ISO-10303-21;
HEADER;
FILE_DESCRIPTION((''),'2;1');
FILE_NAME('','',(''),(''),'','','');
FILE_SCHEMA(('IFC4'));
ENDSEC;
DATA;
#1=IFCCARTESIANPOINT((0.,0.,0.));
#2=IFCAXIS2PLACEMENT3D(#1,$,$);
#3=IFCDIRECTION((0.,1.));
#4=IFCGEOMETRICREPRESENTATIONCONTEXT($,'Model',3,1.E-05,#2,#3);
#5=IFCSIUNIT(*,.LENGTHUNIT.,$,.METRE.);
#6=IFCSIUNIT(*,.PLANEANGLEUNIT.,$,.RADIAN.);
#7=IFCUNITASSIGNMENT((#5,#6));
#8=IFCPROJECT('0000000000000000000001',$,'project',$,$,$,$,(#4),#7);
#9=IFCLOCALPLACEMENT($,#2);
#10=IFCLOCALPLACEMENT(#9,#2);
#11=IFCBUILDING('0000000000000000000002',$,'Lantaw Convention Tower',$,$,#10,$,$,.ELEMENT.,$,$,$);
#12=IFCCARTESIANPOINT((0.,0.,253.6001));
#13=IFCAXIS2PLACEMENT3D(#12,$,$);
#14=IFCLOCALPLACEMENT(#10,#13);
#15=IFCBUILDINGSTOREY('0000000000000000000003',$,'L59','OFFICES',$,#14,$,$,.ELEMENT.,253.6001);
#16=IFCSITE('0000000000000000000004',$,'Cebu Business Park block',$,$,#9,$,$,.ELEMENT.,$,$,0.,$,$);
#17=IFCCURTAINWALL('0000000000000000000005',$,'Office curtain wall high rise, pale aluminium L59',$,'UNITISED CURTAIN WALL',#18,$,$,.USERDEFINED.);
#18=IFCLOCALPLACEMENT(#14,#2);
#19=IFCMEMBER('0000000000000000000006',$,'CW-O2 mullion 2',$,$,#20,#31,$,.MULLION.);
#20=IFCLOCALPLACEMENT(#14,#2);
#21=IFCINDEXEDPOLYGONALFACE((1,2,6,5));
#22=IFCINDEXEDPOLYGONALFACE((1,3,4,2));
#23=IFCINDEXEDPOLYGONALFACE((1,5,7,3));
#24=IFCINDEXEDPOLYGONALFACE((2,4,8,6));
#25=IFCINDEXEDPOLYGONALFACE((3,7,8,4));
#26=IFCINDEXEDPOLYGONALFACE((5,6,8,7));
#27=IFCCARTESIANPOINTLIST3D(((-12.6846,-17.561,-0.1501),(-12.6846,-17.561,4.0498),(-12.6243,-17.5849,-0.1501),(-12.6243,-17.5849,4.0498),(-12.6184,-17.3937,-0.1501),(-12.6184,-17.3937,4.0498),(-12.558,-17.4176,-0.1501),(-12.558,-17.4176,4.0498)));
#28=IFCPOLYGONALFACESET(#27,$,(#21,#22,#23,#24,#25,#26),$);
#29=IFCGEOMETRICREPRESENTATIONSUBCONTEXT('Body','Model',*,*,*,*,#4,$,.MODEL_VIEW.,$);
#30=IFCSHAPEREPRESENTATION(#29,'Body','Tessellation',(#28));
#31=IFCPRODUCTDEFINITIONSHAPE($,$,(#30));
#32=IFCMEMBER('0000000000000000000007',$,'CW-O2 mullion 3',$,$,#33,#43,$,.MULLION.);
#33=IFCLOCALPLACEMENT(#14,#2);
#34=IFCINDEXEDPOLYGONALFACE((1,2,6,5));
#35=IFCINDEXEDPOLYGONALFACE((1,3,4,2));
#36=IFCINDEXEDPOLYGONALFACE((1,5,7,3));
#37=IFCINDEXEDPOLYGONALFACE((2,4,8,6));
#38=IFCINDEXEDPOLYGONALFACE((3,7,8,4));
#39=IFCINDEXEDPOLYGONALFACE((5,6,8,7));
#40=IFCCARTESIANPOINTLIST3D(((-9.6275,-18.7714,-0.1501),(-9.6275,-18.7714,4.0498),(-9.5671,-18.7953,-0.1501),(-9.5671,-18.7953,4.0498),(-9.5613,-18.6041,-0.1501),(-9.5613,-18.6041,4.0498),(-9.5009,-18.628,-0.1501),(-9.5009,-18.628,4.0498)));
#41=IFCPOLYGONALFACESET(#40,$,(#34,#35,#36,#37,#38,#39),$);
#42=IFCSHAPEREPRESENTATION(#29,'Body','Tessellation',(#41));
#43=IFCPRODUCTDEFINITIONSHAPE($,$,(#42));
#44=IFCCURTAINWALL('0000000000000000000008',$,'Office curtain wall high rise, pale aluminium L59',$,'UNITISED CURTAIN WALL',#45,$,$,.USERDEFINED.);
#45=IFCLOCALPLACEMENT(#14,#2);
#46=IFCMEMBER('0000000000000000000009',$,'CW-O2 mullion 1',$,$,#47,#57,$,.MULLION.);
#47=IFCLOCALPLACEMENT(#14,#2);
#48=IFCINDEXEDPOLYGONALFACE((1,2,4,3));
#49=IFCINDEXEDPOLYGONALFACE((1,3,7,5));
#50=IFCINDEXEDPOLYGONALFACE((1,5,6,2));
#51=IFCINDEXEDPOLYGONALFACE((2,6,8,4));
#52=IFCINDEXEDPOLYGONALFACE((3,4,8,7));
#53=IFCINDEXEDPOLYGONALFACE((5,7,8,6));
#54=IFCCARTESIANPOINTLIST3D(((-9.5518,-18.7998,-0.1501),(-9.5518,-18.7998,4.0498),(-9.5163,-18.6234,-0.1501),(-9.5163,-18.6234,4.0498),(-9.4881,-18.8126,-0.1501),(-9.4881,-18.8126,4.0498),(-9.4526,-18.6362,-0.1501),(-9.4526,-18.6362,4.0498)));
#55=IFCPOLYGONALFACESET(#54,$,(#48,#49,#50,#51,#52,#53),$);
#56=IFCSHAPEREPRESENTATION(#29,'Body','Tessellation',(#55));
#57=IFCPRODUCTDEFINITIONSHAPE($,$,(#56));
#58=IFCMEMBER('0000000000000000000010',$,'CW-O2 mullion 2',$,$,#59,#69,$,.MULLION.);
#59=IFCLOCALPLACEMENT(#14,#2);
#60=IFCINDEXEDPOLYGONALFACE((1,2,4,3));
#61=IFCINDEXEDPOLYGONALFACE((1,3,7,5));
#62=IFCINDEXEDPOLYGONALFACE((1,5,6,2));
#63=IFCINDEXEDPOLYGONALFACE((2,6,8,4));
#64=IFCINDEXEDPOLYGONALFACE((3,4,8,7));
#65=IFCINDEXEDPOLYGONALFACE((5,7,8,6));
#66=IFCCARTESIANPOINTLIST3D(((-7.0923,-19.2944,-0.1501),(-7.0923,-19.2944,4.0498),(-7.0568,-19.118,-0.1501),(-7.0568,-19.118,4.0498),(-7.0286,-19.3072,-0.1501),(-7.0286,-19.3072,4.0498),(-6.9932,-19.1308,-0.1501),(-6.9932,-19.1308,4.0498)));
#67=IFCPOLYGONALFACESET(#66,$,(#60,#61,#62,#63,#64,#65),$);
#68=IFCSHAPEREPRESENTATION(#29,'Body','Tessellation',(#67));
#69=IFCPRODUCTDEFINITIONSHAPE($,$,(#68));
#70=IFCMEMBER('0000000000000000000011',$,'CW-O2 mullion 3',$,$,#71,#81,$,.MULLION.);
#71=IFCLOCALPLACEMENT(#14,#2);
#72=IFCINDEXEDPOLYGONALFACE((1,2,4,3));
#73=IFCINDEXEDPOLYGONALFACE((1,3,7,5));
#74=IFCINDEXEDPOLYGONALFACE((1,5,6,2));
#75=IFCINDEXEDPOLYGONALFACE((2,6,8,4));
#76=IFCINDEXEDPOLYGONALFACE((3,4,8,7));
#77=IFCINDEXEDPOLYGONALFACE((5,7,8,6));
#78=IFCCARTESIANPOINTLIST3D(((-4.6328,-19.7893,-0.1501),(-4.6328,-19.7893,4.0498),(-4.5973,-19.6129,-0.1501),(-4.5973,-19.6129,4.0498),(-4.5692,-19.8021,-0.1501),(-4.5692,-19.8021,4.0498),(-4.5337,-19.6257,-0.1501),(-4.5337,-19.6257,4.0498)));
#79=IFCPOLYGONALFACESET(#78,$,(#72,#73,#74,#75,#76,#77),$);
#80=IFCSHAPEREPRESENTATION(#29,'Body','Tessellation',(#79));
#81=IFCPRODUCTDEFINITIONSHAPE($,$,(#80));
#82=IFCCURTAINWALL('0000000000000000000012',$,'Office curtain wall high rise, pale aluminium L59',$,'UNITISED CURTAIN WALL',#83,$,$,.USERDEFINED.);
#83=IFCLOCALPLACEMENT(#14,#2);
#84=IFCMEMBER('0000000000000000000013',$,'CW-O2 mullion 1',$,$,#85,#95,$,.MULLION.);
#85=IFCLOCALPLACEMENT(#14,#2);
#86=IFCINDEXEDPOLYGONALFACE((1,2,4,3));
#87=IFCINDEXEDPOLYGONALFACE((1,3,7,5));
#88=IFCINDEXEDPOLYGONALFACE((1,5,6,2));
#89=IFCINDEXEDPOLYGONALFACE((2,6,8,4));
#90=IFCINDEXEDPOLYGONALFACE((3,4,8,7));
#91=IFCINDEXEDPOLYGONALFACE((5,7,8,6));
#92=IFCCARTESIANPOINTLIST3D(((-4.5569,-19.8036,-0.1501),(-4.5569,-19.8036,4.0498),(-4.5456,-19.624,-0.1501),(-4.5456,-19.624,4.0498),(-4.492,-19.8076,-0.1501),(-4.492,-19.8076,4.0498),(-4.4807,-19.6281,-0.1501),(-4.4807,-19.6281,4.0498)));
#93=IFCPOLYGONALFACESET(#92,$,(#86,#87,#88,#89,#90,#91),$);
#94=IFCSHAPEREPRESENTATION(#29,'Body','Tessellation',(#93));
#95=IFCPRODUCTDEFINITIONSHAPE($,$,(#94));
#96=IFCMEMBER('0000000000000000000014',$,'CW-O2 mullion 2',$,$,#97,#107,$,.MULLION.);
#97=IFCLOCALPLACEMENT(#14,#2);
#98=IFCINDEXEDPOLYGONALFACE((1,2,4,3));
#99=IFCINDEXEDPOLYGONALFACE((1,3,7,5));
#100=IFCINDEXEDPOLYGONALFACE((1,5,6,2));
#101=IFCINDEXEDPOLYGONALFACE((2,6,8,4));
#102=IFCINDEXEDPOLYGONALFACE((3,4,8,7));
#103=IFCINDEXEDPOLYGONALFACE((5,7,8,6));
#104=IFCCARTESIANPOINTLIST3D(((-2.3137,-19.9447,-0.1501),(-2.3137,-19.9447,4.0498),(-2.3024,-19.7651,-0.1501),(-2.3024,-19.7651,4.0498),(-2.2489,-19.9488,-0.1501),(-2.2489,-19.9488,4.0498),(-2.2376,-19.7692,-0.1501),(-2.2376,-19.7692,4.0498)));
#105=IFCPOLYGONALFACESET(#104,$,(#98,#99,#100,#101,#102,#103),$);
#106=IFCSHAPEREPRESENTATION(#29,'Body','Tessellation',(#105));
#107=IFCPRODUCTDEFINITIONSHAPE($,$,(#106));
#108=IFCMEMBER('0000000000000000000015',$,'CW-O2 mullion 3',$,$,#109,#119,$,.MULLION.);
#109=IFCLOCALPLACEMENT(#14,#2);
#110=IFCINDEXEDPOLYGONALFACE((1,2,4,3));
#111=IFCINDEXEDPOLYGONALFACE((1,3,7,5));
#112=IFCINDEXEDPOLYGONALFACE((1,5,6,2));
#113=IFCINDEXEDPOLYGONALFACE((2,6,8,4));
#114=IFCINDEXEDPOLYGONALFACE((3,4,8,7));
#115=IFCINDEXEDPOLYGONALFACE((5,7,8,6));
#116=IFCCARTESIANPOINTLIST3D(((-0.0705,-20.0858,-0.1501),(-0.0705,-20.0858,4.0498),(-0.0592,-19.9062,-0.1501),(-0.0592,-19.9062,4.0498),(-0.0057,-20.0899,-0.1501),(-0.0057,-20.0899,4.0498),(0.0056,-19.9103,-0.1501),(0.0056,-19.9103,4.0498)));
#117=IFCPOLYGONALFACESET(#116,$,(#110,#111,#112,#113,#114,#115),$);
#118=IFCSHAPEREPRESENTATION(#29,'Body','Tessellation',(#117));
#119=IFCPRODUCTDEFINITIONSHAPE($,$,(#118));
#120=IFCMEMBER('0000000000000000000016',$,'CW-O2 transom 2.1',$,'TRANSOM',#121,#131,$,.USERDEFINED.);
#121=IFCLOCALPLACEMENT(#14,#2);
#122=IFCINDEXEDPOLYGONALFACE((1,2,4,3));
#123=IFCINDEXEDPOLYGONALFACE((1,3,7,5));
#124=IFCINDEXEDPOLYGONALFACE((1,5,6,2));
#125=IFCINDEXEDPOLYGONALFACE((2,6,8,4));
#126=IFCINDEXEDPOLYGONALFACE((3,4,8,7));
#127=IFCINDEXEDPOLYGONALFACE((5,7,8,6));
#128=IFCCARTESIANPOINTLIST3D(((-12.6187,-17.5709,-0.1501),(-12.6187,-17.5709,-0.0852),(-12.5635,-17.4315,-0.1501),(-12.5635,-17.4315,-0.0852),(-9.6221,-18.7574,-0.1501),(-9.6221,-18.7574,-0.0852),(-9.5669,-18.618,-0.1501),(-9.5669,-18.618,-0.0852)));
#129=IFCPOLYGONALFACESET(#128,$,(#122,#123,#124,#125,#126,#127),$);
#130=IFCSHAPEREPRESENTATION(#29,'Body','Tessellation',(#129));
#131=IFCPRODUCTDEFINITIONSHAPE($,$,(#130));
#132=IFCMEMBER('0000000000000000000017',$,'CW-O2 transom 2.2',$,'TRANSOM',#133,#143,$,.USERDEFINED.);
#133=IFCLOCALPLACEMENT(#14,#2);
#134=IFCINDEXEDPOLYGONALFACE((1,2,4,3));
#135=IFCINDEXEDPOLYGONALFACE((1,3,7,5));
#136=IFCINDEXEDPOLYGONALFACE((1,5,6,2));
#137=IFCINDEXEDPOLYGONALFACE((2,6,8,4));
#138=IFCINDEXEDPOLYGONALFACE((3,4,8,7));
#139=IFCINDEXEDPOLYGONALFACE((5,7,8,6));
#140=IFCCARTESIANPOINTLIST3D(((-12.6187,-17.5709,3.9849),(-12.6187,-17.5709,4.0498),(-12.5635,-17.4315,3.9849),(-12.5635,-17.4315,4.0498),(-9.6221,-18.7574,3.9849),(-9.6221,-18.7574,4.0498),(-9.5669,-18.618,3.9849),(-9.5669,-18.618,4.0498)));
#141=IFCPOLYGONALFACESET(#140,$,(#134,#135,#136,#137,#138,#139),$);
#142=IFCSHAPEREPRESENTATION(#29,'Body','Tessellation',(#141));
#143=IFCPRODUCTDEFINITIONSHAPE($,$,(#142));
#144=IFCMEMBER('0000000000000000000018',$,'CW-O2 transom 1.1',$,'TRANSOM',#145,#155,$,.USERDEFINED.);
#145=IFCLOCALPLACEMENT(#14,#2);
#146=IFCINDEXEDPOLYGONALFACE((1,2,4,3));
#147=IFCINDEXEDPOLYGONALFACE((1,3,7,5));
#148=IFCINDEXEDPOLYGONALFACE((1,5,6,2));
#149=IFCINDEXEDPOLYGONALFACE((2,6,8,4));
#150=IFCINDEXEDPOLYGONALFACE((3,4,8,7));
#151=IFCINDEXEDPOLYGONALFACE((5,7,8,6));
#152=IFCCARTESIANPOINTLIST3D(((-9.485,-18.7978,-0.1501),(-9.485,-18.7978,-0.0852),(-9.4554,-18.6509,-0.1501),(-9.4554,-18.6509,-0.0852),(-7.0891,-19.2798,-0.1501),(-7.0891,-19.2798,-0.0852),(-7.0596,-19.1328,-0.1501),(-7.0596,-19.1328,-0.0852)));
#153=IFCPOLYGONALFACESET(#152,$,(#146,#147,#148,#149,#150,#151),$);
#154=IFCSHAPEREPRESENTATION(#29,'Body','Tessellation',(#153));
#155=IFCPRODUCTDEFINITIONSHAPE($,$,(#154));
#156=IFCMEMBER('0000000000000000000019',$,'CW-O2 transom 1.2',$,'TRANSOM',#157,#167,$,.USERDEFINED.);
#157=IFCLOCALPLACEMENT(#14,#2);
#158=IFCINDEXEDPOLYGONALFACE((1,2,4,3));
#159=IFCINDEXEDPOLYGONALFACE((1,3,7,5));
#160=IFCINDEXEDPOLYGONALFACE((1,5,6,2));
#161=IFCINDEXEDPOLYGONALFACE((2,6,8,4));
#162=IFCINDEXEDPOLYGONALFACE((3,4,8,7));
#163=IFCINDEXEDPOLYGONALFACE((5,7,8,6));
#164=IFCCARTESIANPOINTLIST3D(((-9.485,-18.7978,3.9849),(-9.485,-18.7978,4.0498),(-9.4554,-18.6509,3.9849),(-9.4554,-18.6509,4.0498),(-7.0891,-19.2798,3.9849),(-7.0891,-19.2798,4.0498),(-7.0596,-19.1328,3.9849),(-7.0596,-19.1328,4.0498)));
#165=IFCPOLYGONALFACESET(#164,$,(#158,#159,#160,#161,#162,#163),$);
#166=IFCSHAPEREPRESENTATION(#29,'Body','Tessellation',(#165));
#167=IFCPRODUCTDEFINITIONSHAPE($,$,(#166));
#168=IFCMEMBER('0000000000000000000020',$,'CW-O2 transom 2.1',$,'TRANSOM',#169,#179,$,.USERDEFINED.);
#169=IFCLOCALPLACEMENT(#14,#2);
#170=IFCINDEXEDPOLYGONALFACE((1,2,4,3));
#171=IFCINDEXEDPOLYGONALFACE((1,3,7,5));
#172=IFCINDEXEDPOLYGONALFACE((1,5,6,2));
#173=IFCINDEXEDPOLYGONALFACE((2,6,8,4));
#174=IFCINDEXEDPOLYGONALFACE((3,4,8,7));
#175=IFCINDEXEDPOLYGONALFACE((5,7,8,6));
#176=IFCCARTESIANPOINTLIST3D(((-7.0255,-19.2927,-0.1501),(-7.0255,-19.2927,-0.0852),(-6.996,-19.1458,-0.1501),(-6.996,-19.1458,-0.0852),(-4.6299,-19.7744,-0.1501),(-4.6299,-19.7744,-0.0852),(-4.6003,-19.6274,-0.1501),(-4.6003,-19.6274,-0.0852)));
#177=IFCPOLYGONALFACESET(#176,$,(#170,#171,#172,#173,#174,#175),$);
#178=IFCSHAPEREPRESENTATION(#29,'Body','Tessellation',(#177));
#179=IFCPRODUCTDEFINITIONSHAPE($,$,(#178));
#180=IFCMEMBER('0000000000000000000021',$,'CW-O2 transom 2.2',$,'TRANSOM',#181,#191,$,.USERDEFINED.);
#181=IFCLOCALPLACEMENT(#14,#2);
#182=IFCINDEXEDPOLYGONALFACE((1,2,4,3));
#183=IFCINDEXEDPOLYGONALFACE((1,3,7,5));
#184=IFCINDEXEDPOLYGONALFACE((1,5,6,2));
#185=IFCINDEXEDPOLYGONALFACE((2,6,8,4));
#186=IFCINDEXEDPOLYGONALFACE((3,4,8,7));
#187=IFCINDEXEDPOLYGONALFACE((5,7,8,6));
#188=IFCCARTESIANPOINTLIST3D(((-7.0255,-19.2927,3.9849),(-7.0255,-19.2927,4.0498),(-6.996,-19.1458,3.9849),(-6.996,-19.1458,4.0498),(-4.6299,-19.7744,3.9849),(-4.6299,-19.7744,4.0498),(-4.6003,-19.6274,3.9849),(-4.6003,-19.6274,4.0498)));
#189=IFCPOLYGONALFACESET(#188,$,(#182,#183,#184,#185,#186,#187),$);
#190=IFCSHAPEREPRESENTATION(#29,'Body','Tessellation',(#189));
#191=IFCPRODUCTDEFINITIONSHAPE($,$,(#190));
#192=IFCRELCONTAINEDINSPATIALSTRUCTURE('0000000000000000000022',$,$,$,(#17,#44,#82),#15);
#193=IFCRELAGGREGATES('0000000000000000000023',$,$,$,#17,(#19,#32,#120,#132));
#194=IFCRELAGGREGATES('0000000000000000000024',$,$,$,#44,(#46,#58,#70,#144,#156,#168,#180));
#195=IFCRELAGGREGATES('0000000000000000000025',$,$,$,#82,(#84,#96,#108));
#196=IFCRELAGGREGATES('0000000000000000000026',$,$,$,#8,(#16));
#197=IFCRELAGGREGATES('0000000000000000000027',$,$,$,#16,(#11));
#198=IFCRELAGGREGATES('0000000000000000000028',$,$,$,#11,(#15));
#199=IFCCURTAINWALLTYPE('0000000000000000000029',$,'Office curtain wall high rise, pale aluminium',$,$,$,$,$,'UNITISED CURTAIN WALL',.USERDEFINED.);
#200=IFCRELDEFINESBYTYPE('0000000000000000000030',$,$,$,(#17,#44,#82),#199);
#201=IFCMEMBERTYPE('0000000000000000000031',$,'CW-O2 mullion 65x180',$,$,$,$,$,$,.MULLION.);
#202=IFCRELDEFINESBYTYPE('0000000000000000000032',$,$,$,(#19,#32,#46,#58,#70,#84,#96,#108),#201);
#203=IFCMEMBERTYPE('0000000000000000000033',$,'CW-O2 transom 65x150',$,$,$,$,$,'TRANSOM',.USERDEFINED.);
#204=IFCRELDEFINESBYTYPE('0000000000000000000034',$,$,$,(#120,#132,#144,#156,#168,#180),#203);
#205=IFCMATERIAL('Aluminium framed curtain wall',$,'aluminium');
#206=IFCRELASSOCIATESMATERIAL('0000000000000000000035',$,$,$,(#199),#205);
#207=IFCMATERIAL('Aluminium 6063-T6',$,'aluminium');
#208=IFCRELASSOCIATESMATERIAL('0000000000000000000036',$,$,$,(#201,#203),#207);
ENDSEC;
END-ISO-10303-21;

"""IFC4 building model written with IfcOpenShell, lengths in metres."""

from ifc_helpers import new_model, si_unit, direction, frame, origin, origin_2d, place, context, subcontext, project, spatial, rectangle, extrude, material, material_profile, profile_set, type_object, element, aggregate, save


model = new_model("IFC4")

# Units and contexts
model_context = context("Model", 3, precision=1e-05, world=origin(), true_north=direction((0.0, 1.0)))
body_context = subcontext(model_context, "Body", "Model", "MODEL_VIEW")
ifc_project = project(units=[si_unit("LENGTHUNIT", "METRE"), si_unit("PLANEANGLEUNIT", "RADIAN")], contexts=[model_context])

# Site, building, storey
site_placement = place(None, origin())
site = spatial("IfcSite", under=ifc_project, at=site_placement, Name="Cebu Business Park block", CompositionType="ELEMENT", RefElevation=0.0)
building_placement = place(site_placement, origin())
building = spatial("IfcBuilding", under=site, at=building_placement, Name="Lantaw Convention Tower", CompositionType="ELEMENT")
storey_placement = place(building_placement, frame((0.0, 0.0, 253.6001)))
storey = spatial("IfcBuildingStorey", under=building, at=storey_placement, Name="L59", Description="OFFICES", CompositionType="ELEMENT", Elevation=253.6001)

# Curtain walls, members
ifc_material_1 = material(Name="Aluminium framed curtain wall", Category="aluminium")
curtain_wall_type = type_object("IfcCurtainWallType", Name="Office curtain wall high rise, pale aluminium", ElementType="UNITISED CURTAIN WALL", PredefinedType="USERDEFINED", material=ifc_material_1)
curtain_wall_1_placement = place(storey_placement, origin())
curtain_wall_1 = element("IfcCurtainWall", 1, at=curtain_wall_1_placement, inside=storey, type_object=curtain_wall_type, Name="Office curtain wall high rise, pale aluminium L59", ObjectType="UNITISED CURTAIN WALL", PredefinedType="USERDEFINED")
ifc_material_2 = material(Name="Aluminium 6063-T6", Category="aluminium")
ifc_material_profile_1 = material_profile(ifc_material_2, rectangle(XDim=0.1799, YDim=0.0649, at=origin_2d()), Name="CW-O2 mullion 65x180")
ifc_profile_set_1 = profile_set([ifc_material_profile_1], Name="Aluminium 6063-T6")
member_type_1 = type_object("IfcMemberType", Name="CW-O2 mullion 65x180", PredefinedType="MULLION", material=ifc_profile_set_1)
member_1_placement = place(storey_placement, frame((-12.6213, -17.4893, -0.1501), z_axis=(0.0, 0.0, 1.0), x_axis=(0.368162, 0.929762, 0.0)))
member_1 = element("IfcMember", 2, at=member_1_placement, type_object=member_type_1, Name="CW-O2 mullion 2", PredefinedType="MULLION", context=body_context, shape_type="SweptSolid", body=[
    extrude(rectangle(XDim=0.1799, YDim=0.0649, at=origin_2d()), origin(), (0.0, 0.0, 1.0), 4.2),
])
member_2_placement = place(storey_placement, frame((-9.5642, -18.6997, -0.1501), z_axis=(0.0, 0.0, 1.0), x_axis=(0.368162, 0.929762, 0.0)))
member_2 = element("IfcMember", 3, at=member_2_placement, type_object=member_type_1, Name="CW-O2 mullion 3", PredefinedType="MULLION", context=body_context, shape_type="SweptSolid", body=[
    extrude(rectangle(XDim=0.1799, YDim=0.0649, at=origin_2d()), origin(), (0.0, 0.0, 1.0), 4.2),
])
curtain_wall_2_placement = place(storey_placement, origin())
curtain_wall_2 = element("IfcCurtainWall", 4, at=curtain_wall_2_placement, inside=storey, type_object=curtain_wall_type, Name="Office curtain wall high rise, pale aluminium L59", ObjectType="UNITISED CURTAIN WALL", PredefinedType="USERDEFINED")
member_3_placement = place(storey_placement, frame((-9.5022, -18.718, -0.1501), z_axis=(0.0, 0.0, 1.0), x_axis=(0.197183, 0.980367, 0.0)))
member_3 = element("IfcMember", 5, at=member_3_placement, type_object=member_type_1, Name="CW-O2 mullion 1", PredefinedType="MULLION", context=body_context, shape_type="SweptSolid", body=[
    extrude(rectangle(XDim=0.1799, YDim=0.0649, at=origin_2d()), origin(), (0.0, 0.0, 1.0), 4.2),
])
member_4_placement = place(storey_placement, frame((-7.0427, -19.2126, -0.1501), z_axis=(0.0, 0.0, 1.0), x_axis=(0.197183, 0.980367, 0.0)))
member_4 = element("IfcMember", 6, at=member_4_placement, type_object=member_type_1, Name="CW-O2 mullion 2", PredefinedType="MULLION", context=body_context, shape_type="SweptSolid", body=[
    extrude(rectangle(XDim=0.1799, YDim=0.0649, at=origin_2d()), origin(), (0.0, 0.0, 1.0), 4.2),
])
member_5_placement = place(storey_placement, frame((-4.5833, -19.7075, -0.1501), z_axis=(0.0, 0.0, 1.0), x_axis=(0.197183, 0.980367, 0.0)))
member_5 = element("IfcMember", 7, at=member_5_placement, type_object=member_type_1, Name="CW-O2 mullion 3", PredefinedType="MULLION", context=body_context, shape_type="SweptSolid", body=[
    extrude(rectangle(XDim=0.1799, YDim=0.0649, at=origin_2d()), origin(), (0.0, 0.0, 1.0), 4.2),
])
curtain_wall_3_placement = place(storey_placement, origin())
curtain_wall_3 = element("IfcCurtainWall", 8, at=curtain_wall_3_placement, inside=storey, type_object=curtain_wall_type, Name="Office curtain wall high rise, pale aluminium L59", ObjectType="UNITISED CURTAIN WALL", PredefinedType="USERDEFINED")
member_6_placement = place(storey_placement, frame((-4.5188, -19.7158, -0.1501), z_axis=(0.0, 0.0, 1.0), x_axis=(0.062758, 0.998029, 0.0)))
member_6 = element("IfcMember", 9, at=member_6_placement, type_object=member_type_1, Name="CW-O2 mullion 1", PredefinedType="MULLION", context=body_context, shape_type="SweptSolid", body=[
    extrude(rectangle(XDim=0.1799, YDim=0.0649, at=origin_2d()), origin(), (0.0, 0.0, 1.0), 4.2),
])
member_7_placement = place(storey_placement, frame((-2.2756, -19.8569, -0.1501), z_axis=(0.0, 0.0, 1.0), x_axis=(0.062758, 0.998029, 0.0)))
member_7 = element("IfcMember", 10, at=member_7_placement, type_object=member_type_1, Name="CW-O2 mullion 2", PredefinedType="MULLION", context=body_context, shape_type="SweptSolid", body=[
    extrude(rectangle(XDim=0.1799, YDim=0.0649, at=origin_2d()), origin(), (0.0, 0.0, 1.0), 4.2),
])
member_8_placement = place(storey_placement, frame((-0.0325, -19.998, -0.1501), z_axis=(0.0, 0.0, 1.0), x_axis=(0.062758, 0.998029, 0.0)))
member_8 = element("IfcMember", 11, at=member_8_placement, type_object=member_type_1, Name="CW-O2 mullion 3", PredefinedType="MULLION", context=body_context, shape_type="SweptSolid", body=[
    extrude(rectangle(XDim=0.1799, YDim=0.0649, at=origin_2d()), origin(), (0.0, 0.0, 1.0), 4.2),
])

# Members
ifc_material_profile_2 = material_profile(ifc_material_2, rectangle(XDim=0.1499, YDim=0.0649, at=origin_2d()), Name="CW-O2 transom 65x150")
ifc_profile_set_2 = profile_set([ifc_material_profile_2], Name="Aluminium 6063-T6")
member_type_2 = type_object("IfcMemberType", Name="CW-O2 transom 65x150", ElementType="TRANSOM", PredefinedType="USERDEFINED", material=ifc_profile_set_2)
member_9_placement = place(storey_placement, frame((-12.5911, -17.5012, -0.1177), z_axis=(0.929767, -0.368149, 0.0), x_axis=(0.368149, 0.929767, 0.0)))
member_9 = element("IfcMember", 12, at=member_9_placement, type_object=member_type_2, Name="CW-O2 transom 2.1", ObjectType="TRANSOM", PredefinedType="USERDEFINED", context=body_context, shape_type="SweptSolid", body=[
    extrude(rectangle(XDim=0.1499, YDim=0.0649, at=origin_2d()), origin(), (0.0, 0.0, 1.0), 3.2229),
])
member_10_placement = place(storey_placement, frame((-12.5911, -17.5012, 4.0173), z_axis=(0.929767, -0.368149, 0.0), x_axis=(0.368149, 0.929767, 0.0)))
member_10 = element("IfcMember", 13, at=member_10_placement, type_object=member_type_2, Name="CW-O2 transom 2.2", ObjectType="TRANSOM", PredefinedType="USERDEFINED", context=body_context, shape_type="SweptSolid", body=[
    extrude(rectangle(XDim=0.1499, YDim=0.0649, at=origin_2d()), origin(), (0.0, 0.0, 1.0), 3.2229),
])
member_11_placement = place(storey_placement, frame((-9.4702, -18.7244, -0.1177), z_axis=(0.980361, -0.197211, 0.0), x_axis=(0.197211, 0.980361, 0.0)))
member_11 = element("IfcMember", 14, at=member_11_placement, type_object=member_type_2, Name="CW-O2 transom 1.1", ObjectType="TRANSOM", PredefinedType="USERDEFINED", context=body_context, shape_type="SweptSolid", body=[
    extrude(rectangle(XDim=0.1499, YDim=0.0649, at=origin_2d()), origin(), (0.0, 0.0, 1.0), 2.4438),
])
member_12_placement = place(storey_placement, frame((-9.4702, -18.7244, 4.0173), z_axis=(0.980361, -0.197211, 0.0), x_axis=(0.197211, 0.980361, 0.0)))
member_12 = element("IfcMember", 15, at=member_12_placement, type_object=member_type_2, Name="CW-O2 transom 1.2", ObjectType="TRANSOM", PredefinedType="USERDEFINED", context=body_context, shape_type="SweptSolid", body=[
    extrude(rectangle(XDim=0.1499, YDim=0.0649, at=origin_2d()), origin(), (0.0, 0.0, 1.0), 2.4438),
])
member_13_placement = place(storey_placement, frame((-7.0107, -19.2192, -0.1177), z_axis=(0.98038, -0.197115, 0.0), x_axis=(0.197115, 0.98038, 0.0)))
member_13 = element("IfcMember", 16, at=member_13_placement, type_object=member_type_2, Name="CW-O2 transom 2.1", ObjectType="TRANSOM", PredefinedType="USERDEFINED", context=body_context, shape_type="SweptSolid", body=[
    extrude(rectangle(XDim=0.1499, YDim=0.0649, at=origin_2d()), origin(), (0.0, 0.0, 1.0), 2.4436),
])
member_14_placement = place(storey_placement, frame((-7.0107, -19.2192, 4.0173), z_axis=(0.98038, -0.197115, 0.0), x_axis=(0.197115, 0.98038, 0.0)))
member_14 = element("IfcMember", 17, at=member_14_placement, type_object=member_type_2, Name="CW-O2 transom 2.2", ObjectType="TRANSOM", PredefinedType="USERDEFINED", context=body_context, shape_type="SweptSolid", body=[
    extrude(rectangle(XDim=0.1499, YDim=0.0649, at=origin_2d()), origin(), (0.0, 0.0, 1.0), 2.4436),
])

aggregate(curtain_wall_1, [member_1, member_2, member_9, member_10])
aggregate(curtain_wall_2, [member_3, member_4, member_5, member_11, member_12, member_13, member_14])
aggregate(curtain_wall_3, [member_6, member_7, member_8])

save(model, "model.ifc")
